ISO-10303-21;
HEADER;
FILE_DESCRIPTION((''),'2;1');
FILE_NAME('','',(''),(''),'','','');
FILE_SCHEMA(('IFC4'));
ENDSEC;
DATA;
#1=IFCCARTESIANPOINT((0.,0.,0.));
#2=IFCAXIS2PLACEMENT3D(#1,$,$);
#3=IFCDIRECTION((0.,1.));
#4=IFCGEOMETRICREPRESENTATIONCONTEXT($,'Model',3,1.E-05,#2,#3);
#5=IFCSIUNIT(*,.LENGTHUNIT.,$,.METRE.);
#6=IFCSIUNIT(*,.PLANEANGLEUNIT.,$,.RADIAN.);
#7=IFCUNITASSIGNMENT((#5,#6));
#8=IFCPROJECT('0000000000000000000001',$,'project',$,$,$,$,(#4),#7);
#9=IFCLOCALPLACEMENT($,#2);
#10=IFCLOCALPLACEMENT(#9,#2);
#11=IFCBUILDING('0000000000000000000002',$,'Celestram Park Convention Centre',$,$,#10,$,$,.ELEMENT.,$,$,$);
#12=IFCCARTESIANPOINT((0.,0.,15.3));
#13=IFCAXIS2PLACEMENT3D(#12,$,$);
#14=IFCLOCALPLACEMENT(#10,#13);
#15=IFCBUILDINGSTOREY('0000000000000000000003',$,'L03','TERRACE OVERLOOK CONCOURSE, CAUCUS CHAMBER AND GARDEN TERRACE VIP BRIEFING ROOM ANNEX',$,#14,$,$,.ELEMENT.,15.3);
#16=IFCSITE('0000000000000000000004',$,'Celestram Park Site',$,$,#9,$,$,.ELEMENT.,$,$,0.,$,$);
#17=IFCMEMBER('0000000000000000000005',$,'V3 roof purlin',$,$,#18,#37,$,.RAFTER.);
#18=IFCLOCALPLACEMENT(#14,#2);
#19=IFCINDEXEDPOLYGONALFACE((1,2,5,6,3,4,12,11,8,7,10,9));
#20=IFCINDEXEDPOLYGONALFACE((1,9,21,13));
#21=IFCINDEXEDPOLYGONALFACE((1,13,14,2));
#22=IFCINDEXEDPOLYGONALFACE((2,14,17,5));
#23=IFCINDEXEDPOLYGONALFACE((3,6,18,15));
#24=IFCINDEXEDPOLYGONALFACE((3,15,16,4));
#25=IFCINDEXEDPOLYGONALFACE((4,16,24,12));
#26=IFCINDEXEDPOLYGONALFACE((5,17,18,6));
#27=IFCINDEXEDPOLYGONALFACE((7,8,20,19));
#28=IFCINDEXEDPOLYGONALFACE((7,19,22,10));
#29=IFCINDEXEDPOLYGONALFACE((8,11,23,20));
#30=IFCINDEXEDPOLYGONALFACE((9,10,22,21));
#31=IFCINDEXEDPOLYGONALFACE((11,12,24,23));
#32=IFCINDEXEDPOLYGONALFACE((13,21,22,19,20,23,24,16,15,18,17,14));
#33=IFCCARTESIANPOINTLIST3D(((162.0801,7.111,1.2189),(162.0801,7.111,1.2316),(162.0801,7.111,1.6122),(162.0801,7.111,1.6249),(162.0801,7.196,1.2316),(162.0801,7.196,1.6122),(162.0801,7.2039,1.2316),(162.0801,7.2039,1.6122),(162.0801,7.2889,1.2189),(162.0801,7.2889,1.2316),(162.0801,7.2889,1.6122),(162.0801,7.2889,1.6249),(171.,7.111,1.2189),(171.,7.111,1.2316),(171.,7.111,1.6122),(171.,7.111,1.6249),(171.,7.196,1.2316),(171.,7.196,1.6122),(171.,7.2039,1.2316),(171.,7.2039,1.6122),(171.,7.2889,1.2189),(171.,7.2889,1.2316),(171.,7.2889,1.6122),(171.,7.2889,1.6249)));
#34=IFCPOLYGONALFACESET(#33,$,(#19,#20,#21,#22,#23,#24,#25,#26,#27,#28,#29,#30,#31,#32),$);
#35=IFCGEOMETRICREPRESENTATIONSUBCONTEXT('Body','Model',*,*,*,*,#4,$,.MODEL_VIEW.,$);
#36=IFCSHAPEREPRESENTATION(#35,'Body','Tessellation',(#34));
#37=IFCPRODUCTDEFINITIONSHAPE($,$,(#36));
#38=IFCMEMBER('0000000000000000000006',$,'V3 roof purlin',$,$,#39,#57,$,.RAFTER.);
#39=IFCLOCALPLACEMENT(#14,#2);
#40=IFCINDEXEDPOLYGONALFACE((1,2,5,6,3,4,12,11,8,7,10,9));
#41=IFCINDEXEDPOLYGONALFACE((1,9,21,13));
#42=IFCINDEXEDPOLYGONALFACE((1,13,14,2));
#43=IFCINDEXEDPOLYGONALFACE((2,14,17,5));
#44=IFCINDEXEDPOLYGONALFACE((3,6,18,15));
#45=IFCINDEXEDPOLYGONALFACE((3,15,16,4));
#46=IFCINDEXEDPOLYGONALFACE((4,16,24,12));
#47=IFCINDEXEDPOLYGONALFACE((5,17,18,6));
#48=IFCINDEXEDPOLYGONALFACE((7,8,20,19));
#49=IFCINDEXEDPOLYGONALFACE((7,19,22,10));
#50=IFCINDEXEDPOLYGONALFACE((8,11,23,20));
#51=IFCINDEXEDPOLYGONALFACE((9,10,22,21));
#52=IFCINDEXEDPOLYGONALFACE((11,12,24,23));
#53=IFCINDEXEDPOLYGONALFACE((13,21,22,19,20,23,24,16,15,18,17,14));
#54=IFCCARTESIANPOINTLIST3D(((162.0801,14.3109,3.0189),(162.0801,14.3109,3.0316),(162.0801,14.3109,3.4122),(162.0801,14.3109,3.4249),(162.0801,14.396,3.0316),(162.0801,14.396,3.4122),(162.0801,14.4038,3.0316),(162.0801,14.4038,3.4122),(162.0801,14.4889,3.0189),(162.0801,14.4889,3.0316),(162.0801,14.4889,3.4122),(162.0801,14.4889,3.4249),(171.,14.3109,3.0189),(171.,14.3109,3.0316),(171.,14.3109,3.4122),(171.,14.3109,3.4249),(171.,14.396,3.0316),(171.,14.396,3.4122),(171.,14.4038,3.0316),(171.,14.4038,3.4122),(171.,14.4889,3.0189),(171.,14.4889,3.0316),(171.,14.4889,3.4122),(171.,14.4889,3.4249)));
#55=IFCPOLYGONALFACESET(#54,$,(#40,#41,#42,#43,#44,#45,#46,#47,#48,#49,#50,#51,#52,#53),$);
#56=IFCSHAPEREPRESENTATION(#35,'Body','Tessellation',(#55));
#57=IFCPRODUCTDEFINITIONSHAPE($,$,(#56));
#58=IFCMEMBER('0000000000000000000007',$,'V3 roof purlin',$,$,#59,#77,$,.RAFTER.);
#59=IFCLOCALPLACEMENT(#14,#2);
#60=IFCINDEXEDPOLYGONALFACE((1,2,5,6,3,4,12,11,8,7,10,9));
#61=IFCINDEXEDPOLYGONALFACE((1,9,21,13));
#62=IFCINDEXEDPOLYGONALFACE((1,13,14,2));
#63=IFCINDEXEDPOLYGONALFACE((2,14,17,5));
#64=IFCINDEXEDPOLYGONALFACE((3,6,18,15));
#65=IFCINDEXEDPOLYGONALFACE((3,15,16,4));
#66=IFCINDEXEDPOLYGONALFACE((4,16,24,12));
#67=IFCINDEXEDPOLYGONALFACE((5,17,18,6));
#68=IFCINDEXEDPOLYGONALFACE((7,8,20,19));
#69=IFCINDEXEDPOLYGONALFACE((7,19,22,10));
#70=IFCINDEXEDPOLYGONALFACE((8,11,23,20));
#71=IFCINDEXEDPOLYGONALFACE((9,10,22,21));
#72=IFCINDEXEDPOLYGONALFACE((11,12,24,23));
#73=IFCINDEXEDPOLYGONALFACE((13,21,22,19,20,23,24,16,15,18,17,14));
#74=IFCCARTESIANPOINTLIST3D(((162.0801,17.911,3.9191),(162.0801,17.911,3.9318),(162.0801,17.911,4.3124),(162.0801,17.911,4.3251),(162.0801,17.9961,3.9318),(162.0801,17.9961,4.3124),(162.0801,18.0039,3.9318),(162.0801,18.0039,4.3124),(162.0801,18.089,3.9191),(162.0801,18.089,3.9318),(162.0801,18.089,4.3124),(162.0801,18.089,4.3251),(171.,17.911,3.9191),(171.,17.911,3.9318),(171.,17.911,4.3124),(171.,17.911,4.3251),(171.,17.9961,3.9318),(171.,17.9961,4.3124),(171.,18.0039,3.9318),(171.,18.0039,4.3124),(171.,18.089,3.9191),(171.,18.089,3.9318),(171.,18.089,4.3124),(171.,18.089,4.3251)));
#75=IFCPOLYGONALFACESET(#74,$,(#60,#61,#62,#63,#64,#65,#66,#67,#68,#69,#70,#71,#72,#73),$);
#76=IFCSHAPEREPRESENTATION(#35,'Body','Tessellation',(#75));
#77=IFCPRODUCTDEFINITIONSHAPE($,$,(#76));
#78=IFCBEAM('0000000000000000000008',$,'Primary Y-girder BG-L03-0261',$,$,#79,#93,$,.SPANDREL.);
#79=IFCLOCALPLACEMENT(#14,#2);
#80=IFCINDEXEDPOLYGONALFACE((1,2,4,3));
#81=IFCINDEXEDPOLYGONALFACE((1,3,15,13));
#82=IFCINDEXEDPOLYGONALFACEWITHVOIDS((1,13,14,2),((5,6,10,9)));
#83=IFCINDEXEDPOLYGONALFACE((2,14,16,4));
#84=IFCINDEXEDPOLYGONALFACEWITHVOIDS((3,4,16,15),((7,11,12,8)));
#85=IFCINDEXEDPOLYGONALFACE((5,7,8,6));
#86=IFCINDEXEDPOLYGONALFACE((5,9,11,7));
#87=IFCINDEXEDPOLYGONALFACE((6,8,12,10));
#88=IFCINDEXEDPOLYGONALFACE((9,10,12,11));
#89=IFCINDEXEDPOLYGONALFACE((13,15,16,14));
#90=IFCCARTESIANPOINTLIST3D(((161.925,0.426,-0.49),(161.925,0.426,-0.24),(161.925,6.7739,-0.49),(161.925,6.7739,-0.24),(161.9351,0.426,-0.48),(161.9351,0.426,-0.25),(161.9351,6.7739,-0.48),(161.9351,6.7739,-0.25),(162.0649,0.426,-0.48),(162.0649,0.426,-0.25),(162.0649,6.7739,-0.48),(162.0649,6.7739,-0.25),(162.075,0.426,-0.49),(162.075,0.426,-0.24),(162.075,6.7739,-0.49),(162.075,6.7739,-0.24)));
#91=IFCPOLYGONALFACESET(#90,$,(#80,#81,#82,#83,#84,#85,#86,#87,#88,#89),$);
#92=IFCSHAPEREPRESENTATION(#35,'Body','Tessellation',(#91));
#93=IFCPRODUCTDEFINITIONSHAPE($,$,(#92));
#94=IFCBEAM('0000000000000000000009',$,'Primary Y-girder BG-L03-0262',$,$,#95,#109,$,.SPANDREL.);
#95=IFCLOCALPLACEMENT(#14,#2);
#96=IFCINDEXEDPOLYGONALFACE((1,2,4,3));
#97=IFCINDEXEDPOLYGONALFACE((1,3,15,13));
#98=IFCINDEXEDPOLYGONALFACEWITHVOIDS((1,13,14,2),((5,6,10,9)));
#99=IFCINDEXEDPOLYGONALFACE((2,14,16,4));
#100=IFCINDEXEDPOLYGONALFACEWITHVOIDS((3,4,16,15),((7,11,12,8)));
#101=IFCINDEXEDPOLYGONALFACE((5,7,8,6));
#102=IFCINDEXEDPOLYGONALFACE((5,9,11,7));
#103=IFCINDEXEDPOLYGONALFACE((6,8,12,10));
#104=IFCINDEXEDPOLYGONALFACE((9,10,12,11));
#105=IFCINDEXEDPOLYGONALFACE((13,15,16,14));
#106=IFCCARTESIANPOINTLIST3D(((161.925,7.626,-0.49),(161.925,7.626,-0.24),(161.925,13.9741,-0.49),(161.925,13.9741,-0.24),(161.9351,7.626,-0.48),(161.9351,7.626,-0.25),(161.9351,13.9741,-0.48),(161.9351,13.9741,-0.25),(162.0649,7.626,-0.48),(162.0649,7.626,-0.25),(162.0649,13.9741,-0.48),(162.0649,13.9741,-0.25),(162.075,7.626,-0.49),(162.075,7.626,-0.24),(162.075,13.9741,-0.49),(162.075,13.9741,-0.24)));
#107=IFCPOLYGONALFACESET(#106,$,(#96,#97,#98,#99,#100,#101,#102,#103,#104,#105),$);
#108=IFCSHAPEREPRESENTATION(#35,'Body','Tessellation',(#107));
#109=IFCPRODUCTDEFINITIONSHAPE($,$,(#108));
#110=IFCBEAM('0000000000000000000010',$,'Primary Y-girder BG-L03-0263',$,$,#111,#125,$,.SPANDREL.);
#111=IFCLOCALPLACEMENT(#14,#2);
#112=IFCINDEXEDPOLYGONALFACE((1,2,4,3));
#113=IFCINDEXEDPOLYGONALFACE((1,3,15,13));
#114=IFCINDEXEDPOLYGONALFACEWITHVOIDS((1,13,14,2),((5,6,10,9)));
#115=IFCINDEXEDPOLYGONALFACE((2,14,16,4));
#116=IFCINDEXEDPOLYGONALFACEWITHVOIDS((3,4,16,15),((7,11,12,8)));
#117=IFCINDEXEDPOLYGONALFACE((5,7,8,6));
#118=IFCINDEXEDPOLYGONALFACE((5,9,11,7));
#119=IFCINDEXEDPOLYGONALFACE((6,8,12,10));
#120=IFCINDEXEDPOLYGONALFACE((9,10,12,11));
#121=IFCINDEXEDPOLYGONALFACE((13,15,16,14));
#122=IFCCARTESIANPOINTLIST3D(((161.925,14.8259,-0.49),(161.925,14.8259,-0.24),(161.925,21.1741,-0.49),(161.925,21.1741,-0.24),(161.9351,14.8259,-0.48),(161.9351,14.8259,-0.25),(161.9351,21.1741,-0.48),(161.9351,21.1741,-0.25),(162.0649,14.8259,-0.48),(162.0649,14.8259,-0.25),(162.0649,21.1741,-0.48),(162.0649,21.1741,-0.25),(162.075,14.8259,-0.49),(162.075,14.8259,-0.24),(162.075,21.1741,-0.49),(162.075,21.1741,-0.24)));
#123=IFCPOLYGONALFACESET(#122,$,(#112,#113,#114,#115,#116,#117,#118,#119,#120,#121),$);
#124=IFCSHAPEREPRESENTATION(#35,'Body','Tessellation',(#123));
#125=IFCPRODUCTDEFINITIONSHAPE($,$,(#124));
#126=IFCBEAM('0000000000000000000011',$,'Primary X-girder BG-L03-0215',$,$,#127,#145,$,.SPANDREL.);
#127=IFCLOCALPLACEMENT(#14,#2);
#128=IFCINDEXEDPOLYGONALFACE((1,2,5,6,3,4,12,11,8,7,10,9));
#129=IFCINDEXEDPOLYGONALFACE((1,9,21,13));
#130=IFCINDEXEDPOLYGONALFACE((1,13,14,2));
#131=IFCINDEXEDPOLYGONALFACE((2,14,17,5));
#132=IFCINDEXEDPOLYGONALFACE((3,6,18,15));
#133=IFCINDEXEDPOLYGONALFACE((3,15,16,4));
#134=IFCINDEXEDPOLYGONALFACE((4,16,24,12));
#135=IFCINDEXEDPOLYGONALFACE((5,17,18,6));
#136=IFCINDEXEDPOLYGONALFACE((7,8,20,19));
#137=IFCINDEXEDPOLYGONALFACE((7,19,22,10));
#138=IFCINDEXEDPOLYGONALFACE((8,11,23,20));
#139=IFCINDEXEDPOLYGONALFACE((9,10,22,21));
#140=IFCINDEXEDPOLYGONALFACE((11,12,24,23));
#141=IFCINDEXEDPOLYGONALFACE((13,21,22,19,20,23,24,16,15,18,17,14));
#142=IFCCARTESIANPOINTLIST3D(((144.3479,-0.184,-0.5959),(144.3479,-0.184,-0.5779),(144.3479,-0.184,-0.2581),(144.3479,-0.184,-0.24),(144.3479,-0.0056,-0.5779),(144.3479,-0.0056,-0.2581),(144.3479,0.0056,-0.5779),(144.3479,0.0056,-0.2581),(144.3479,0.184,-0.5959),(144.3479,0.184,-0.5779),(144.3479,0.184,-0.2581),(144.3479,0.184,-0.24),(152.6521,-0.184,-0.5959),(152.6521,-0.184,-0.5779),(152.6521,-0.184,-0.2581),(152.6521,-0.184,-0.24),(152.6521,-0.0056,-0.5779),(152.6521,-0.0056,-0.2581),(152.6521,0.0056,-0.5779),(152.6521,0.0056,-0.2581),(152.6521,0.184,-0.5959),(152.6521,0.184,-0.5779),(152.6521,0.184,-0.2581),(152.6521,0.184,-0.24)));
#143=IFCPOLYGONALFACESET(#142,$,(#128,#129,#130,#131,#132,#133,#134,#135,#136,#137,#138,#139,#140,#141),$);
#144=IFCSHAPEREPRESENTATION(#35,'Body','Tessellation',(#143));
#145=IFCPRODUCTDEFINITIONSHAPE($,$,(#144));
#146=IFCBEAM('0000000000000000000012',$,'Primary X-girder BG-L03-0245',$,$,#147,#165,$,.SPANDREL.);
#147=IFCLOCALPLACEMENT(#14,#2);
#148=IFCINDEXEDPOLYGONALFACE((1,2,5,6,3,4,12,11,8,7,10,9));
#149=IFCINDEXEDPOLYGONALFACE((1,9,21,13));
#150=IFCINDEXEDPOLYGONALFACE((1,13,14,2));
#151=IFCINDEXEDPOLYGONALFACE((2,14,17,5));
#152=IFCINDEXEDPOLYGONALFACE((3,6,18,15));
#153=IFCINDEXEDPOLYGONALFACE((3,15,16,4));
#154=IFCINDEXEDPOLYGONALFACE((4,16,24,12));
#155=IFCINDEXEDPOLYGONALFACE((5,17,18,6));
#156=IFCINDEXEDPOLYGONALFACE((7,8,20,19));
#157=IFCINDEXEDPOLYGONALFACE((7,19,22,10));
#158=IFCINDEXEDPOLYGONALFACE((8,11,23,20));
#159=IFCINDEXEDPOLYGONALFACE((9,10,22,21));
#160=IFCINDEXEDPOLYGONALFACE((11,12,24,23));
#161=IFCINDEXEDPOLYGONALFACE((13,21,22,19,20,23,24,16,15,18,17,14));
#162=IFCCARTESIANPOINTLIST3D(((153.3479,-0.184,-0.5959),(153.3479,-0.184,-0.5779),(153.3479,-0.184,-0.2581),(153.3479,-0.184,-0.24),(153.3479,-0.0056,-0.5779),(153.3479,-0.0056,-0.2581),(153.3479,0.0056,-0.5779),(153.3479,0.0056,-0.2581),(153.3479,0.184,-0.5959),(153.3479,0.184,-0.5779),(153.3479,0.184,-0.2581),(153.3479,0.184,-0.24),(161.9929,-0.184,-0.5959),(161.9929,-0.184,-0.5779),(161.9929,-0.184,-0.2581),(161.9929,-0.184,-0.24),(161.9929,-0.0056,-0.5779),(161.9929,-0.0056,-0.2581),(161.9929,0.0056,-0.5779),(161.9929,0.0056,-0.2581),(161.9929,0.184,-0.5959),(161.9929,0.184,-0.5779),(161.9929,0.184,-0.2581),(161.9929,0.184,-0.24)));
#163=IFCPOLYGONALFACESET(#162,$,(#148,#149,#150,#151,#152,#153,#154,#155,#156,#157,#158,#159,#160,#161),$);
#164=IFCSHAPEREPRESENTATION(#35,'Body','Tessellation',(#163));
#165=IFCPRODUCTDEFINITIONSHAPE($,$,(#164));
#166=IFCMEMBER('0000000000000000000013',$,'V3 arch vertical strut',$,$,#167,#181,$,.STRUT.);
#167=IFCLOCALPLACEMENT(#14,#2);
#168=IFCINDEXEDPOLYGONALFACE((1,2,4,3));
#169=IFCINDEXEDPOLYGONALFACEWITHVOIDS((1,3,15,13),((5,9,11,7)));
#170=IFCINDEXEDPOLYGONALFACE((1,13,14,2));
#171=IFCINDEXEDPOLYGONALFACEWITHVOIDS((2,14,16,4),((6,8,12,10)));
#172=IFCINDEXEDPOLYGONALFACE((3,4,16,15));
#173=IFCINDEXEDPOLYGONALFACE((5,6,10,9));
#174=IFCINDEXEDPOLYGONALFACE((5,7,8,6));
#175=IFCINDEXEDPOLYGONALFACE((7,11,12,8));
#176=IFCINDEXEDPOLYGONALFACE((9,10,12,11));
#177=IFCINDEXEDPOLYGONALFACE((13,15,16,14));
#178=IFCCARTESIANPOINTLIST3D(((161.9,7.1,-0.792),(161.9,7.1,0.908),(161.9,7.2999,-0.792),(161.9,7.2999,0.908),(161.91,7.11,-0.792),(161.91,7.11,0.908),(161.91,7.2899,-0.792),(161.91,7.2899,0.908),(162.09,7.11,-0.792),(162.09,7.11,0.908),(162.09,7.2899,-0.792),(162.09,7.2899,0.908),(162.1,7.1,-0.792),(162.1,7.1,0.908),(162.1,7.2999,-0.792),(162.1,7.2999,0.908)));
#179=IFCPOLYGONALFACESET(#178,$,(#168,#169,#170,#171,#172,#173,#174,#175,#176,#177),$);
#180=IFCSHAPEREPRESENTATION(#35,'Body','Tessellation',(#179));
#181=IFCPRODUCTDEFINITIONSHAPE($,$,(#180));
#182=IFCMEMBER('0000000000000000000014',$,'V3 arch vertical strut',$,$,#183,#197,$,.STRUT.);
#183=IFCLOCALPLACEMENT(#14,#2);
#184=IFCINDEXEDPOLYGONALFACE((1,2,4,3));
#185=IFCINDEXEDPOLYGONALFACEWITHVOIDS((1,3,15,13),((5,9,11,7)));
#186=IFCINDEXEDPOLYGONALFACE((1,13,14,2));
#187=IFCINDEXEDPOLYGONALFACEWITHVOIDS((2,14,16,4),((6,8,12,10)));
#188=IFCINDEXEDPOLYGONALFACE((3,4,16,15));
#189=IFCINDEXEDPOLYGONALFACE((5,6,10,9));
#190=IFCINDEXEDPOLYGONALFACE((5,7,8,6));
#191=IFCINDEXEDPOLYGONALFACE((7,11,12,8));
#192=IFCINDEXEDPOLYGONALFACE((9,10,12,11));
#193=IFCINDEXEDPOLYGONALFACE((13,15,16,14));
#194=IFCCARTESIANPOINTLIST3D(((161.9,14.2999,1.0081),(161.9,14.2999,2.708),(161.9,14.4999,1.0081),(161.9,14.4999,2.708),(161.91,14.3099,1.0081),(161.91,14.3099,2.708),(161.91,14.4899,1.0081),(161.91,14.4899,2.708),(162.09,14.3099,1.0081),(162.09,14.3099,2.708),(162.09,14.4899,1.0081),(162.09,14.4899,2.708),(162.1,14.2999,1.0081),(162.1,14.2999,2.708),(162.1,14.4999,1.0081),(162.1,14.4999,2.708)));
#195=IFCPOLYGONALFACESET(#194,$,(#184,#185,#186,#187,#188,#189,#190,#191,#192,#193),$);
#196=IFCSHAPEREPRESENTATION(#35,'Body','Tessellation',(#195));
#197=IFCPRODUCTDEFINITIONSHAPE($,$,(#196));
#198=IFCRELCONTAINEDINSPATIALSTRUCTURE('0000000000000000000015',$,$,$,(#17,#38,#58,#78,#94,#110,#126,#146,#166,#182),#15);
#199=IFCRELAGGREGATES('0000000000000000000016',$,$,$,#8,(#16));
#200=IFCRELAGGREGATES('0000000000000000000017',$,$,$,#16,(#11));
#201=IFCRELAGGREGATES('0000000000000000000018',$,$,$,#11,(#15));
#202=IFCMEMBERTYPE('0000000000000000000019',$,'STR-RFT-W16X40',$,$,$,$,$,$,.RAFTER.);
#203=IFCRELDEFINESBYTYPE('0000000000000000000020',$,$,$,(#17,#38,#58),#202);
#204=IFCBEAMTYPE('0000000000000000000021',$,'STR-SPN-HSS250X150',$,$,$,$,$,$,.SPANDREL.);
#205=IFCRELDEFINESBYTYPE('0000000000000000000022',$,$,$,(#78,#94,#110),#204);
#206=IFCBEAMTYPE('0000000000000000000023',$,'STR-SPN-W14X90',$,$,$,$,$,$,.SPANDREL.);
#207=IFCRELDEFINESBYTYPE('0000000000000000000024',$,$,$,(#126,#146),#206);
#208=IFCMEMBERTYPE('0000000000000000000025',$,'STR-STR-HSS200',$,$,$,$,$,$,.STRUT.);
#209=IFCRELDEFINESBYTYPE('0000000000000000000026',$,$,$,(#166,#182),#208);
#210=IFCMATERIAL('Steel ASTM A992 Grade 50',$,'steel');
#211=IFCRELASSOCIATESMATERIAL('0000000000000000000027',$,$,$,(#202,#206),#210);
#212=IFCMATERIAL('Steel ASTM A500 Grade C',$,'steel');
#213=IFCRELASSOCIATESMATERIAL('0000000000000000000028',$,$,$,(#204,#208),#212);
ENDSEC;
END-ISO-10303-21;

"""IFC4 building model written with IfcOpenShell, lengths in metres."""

from ifc_helpers import new_model, si_unit, direction, frame, origin, origin_2d, place, context, subcontext, project, spatial, hollow_rectangle, i_section, extrude, material, material_profile, profile_set, type_object, element, save


model = new_model("IFC4")

# Units and contexts
model_context = context("Model", 3, precision=1e-05, world=origin(), true_north=direction((0.0, 1.0)))
body_context = subcontext(model_context, "Body", "Model", "MODEL_VIEW")
ifc_project = project(units=[si_unit("LENGTHUNIT", "METRE"), si_unit("PLANEANGLEUNIT", "RADIAN")], contexts=[model_context])

# Site, building, storey
site_placement = place(None, origin())
site = spatial("IfcSite", under=ifc_project, at=site_placement, Name="Celestram Park Site", CompositionType="ELEMENT", RefElevation=0.0)
building_placement = place(site_placement, origin())
building = spatial("IfcBuilding", under=site, at=building_placement, Name="Celestram Park Convention Centre", CompositionType="ELEMENT")
storey_placement = place(building_placement, frame((0.0, 0.0, 15.3)))
storey = spatial("IfcBuildingStorey", under=building, at=storey_placement, Name="L03", Description="TERRACE OVERLOOK CONCOURSE, CAUCUS CHAMBER AND GARDEN TERRACE VIP BRIEFING ROOM ANNEX", CompositionType="ELEMENT", Elevation=15.3)

# Shared definitions
ifc_material_1 = material(Name="Steel ASTM A992 Grade 50", Category="steel")

# Members
ifc_material_2 = material(Name="Steel ASTM A500 Grade C", Category="steel")
ifc_material_profile_1 = material_profile(ifc_material_1, i_section(OverallWidth=0.178, OverallDepth=0.406, WebThickness=0.0078, FlangeThickness=0.0127, at=origin_2d()), Name="W16X40")
ifc_profile_set_1 = profile_set([ifc_material_profile_1], Name="Steel ASTM A992 Grade 50")
member_type_1 = type_object("IfcMemberType", Name="STR-RFT-W16X40", PredefinedType="RAFTER", material=ifc_profile_set_1)
for number, where, z_axis, x_axis, name in (
    (1, (162.0801, 7.2, 1.4219), (1.0, 0.0, 0.0), (0.0, 1.0, 0.0), "V3 roof purlin"),
    (2, (162.0801, 14.3999, 3.2219), (1.0, 0.0, 0.0), (0.0, 1.0, 0.0), "V3 roof purlin"),
    (3, (162.0801, 18.0, 4.1221), (1.0, 0.0, 0.0), (0.0, 1.0, 0.0), "V3 roof purlin"),
):
    element("IfcMember", number, at=place(storey_placement, frame(where, z_axis=z_axis, x_axis=x_axis)), inside=storey, type_object=member_type_1, Name=name, PredefinedType="RAFTER", context=body_context, shape_type="SweptSolid", body=[
        extrude(i_section(OverallWidth=0.178, OverallDepth=0.406, WebThickness=0.0078, FlangeThickness=0.0127, at=origin_2d()), origin(), (0.0, 0.0, 1.0), 8.9199),
    ])

# Beams
ifc_material_profile_2 = material_profile(ifc_material_2, hollow_rectangle(XDim=0.1499, YDim=0.25, WallThickness=0.01, at=origin_2d()), Name="HSS250X150X10")
ifc_profile_set_2 = profile_set([ifc_material_profile_2], Name="Steel ASTM A500 Grade C")
beam_type_1 = type_object("IfcBeamType", Name="STR-SPN-HSS250X150", PredefinedType="SPANDREL", material=ifc_profile_set_2)
beam_1_placement = place(storey_placement, frame((162.0, 0.426, -0.365), z_axis=(0.0, 1.0, 0.0), x_axis=(-1.0, 0.0, 0.0)))
element("IfcBeam", 4, at=beam_1_placement, inside=storey, type_object=beam_type_1, Name="Primary Y-girder BG-L03-0261", PredefinedType="SPANDREL", context=body_context, shape_type="SweptSolid", body=[
    extrude(hollow_rectangle(XDim=0.1499, YDim=0.25, WallThickness=0.01, at=origin_2d()), origin(), (0.0, 0.0, 1.0), 6.3479),
])
for number, where, z_axis, x_axis, name in (
    (5, (162.0, 7.626, -0.365), (0.0, 1.0, 0.0), (-1.0, 0.0, 0.0), "Primary Y-girder BG-L03-0262"),
    (6, (162.0, 14.8259, -0.365), (0.0, 1.0, 0.0), (-1.0, 0.0, 0.0), "Primary Y-girder BG-L03-0263"),
):
    element("IfcBeam", number, at=place(storey_placement, frame(where, z_axis=z_axis, x_axis=x_axis)), inside=storey, type_object=beam_type_1, Name=name, PredefinedType="SPANDREL", context=body_context, shape_type="SweptSolid", body=[
        extrude(hollow_rectangle(XDim=0.1499, YDim=0.25, WallThickness=0.01, at=origin_2d()), origin(), (0.0, 0.0, 1.0), 6.3481),
    ])
ifc_material_profile_3 = material_profile(ifc_material_1, i_section(OverallWidth=0.3679, OverallDepth=0.356, WebThickness=0.0112, FlangeThickness=0.0181, at=origin_2d()), Name="W14X90")
ifc_profile_set_3 = profile_set([ifc_material_profile_3], Name="Steel ASTM A992 Grade 50")
beam_type_2 = type_object("IfcBeamType", Name="STR-SPN-W14X90", PredefinedType="SPANDREL", material=ifc_profile_set_3)
beam_2_placement = place(storey_placement, frame((144.3479, 0.0, -0.418), z_axis=(1.0, 0.0, 0.0), x_axis=(0.0, 1.0, 0.0)))
element("IfcBeam", 7, at=beam_2_placement, inside=storey, type_object=beam_type_2, Name="Primary X-girder BG-L03-0215", PredefinedType="SPANDREL", context=body_context, shape_type="SweptSolid", body=[
    extrude(i_section(OverallWidth=0.3679, OverallDepth=0.356, WebThickness=0.0112, FlangeThickness=0.0181, at=origin_2d()), origin(), (0.0, 0.0, 1.0), 8.3042),
])
beam_3_placement = place(storey_placement, frame((153.3479, 0.0, -0.418), z_axis=(1.0, 0.0, 0.0), x_axis=(0.0, 1.0, 0.0)))
element("IfcBeam", 8, at=beam_3_placement, inside=storey, type_object=beam_type_2, Name="Primary X-girder BG-L03-0245", PredefinedType="SPANDREL", context=body_context, shape_type="SweptSolid", body=[
    extrude(i_section(OverallWidth=0.3679, OverallDepth=0.356, WebThickness=0.0112, FlangeThickness=0.0181, at=origin_2d()), origin(), (0.0, 0.0, 1.0), 8.645),
])

# Members
ifc_material_profile_4 = material_profile(ifc_material_2, hollow_rectangle(XDim=0.2, YDim=0.2, WallThickness=0.01, at=origin_2d()), Name="HSS200X200X10")
ifc_profile_set_4 = profile_set([ifc_material_profile_4], Name="Steel ASTM A500 Grade C")
member_type_2 = type_object("IfcMemberType", Name="STR-STR-HSS200", PredefinedType="STRUT", material=ifc_profile_set_4)
for number, where, z_axis, x_axis, name in (
    (9, (162.0, 7.2, -0.792), (0.0, 0.0, 1.0), (1.0, 0.0, 0.0), "V3 arch vertical strut"),
    (10, (162.0, 14.3999, 1.0081), (0.0, 0.0, 1.0), (1.0, 0.0, 0.0), "V3 arch vertical strut"),
):
    element("IfcMember", number, at=place(storey_placement, frame(where, z_axis=z_axis, x_axis=x_axis)), inside=storey, type_object=member_type_2, Name=name, PredefinedType="STRUT", context=body_context, shape_type="SweptSolid", body=[
        extrude(hollow_rectangle(XDim=0.2, YDim=0.2, WallThickness=0.01, at=origin_2d()), origin(), (0.0, 0.0, 1.0), 1.7),
    ])

save(model, "model.ifc")
